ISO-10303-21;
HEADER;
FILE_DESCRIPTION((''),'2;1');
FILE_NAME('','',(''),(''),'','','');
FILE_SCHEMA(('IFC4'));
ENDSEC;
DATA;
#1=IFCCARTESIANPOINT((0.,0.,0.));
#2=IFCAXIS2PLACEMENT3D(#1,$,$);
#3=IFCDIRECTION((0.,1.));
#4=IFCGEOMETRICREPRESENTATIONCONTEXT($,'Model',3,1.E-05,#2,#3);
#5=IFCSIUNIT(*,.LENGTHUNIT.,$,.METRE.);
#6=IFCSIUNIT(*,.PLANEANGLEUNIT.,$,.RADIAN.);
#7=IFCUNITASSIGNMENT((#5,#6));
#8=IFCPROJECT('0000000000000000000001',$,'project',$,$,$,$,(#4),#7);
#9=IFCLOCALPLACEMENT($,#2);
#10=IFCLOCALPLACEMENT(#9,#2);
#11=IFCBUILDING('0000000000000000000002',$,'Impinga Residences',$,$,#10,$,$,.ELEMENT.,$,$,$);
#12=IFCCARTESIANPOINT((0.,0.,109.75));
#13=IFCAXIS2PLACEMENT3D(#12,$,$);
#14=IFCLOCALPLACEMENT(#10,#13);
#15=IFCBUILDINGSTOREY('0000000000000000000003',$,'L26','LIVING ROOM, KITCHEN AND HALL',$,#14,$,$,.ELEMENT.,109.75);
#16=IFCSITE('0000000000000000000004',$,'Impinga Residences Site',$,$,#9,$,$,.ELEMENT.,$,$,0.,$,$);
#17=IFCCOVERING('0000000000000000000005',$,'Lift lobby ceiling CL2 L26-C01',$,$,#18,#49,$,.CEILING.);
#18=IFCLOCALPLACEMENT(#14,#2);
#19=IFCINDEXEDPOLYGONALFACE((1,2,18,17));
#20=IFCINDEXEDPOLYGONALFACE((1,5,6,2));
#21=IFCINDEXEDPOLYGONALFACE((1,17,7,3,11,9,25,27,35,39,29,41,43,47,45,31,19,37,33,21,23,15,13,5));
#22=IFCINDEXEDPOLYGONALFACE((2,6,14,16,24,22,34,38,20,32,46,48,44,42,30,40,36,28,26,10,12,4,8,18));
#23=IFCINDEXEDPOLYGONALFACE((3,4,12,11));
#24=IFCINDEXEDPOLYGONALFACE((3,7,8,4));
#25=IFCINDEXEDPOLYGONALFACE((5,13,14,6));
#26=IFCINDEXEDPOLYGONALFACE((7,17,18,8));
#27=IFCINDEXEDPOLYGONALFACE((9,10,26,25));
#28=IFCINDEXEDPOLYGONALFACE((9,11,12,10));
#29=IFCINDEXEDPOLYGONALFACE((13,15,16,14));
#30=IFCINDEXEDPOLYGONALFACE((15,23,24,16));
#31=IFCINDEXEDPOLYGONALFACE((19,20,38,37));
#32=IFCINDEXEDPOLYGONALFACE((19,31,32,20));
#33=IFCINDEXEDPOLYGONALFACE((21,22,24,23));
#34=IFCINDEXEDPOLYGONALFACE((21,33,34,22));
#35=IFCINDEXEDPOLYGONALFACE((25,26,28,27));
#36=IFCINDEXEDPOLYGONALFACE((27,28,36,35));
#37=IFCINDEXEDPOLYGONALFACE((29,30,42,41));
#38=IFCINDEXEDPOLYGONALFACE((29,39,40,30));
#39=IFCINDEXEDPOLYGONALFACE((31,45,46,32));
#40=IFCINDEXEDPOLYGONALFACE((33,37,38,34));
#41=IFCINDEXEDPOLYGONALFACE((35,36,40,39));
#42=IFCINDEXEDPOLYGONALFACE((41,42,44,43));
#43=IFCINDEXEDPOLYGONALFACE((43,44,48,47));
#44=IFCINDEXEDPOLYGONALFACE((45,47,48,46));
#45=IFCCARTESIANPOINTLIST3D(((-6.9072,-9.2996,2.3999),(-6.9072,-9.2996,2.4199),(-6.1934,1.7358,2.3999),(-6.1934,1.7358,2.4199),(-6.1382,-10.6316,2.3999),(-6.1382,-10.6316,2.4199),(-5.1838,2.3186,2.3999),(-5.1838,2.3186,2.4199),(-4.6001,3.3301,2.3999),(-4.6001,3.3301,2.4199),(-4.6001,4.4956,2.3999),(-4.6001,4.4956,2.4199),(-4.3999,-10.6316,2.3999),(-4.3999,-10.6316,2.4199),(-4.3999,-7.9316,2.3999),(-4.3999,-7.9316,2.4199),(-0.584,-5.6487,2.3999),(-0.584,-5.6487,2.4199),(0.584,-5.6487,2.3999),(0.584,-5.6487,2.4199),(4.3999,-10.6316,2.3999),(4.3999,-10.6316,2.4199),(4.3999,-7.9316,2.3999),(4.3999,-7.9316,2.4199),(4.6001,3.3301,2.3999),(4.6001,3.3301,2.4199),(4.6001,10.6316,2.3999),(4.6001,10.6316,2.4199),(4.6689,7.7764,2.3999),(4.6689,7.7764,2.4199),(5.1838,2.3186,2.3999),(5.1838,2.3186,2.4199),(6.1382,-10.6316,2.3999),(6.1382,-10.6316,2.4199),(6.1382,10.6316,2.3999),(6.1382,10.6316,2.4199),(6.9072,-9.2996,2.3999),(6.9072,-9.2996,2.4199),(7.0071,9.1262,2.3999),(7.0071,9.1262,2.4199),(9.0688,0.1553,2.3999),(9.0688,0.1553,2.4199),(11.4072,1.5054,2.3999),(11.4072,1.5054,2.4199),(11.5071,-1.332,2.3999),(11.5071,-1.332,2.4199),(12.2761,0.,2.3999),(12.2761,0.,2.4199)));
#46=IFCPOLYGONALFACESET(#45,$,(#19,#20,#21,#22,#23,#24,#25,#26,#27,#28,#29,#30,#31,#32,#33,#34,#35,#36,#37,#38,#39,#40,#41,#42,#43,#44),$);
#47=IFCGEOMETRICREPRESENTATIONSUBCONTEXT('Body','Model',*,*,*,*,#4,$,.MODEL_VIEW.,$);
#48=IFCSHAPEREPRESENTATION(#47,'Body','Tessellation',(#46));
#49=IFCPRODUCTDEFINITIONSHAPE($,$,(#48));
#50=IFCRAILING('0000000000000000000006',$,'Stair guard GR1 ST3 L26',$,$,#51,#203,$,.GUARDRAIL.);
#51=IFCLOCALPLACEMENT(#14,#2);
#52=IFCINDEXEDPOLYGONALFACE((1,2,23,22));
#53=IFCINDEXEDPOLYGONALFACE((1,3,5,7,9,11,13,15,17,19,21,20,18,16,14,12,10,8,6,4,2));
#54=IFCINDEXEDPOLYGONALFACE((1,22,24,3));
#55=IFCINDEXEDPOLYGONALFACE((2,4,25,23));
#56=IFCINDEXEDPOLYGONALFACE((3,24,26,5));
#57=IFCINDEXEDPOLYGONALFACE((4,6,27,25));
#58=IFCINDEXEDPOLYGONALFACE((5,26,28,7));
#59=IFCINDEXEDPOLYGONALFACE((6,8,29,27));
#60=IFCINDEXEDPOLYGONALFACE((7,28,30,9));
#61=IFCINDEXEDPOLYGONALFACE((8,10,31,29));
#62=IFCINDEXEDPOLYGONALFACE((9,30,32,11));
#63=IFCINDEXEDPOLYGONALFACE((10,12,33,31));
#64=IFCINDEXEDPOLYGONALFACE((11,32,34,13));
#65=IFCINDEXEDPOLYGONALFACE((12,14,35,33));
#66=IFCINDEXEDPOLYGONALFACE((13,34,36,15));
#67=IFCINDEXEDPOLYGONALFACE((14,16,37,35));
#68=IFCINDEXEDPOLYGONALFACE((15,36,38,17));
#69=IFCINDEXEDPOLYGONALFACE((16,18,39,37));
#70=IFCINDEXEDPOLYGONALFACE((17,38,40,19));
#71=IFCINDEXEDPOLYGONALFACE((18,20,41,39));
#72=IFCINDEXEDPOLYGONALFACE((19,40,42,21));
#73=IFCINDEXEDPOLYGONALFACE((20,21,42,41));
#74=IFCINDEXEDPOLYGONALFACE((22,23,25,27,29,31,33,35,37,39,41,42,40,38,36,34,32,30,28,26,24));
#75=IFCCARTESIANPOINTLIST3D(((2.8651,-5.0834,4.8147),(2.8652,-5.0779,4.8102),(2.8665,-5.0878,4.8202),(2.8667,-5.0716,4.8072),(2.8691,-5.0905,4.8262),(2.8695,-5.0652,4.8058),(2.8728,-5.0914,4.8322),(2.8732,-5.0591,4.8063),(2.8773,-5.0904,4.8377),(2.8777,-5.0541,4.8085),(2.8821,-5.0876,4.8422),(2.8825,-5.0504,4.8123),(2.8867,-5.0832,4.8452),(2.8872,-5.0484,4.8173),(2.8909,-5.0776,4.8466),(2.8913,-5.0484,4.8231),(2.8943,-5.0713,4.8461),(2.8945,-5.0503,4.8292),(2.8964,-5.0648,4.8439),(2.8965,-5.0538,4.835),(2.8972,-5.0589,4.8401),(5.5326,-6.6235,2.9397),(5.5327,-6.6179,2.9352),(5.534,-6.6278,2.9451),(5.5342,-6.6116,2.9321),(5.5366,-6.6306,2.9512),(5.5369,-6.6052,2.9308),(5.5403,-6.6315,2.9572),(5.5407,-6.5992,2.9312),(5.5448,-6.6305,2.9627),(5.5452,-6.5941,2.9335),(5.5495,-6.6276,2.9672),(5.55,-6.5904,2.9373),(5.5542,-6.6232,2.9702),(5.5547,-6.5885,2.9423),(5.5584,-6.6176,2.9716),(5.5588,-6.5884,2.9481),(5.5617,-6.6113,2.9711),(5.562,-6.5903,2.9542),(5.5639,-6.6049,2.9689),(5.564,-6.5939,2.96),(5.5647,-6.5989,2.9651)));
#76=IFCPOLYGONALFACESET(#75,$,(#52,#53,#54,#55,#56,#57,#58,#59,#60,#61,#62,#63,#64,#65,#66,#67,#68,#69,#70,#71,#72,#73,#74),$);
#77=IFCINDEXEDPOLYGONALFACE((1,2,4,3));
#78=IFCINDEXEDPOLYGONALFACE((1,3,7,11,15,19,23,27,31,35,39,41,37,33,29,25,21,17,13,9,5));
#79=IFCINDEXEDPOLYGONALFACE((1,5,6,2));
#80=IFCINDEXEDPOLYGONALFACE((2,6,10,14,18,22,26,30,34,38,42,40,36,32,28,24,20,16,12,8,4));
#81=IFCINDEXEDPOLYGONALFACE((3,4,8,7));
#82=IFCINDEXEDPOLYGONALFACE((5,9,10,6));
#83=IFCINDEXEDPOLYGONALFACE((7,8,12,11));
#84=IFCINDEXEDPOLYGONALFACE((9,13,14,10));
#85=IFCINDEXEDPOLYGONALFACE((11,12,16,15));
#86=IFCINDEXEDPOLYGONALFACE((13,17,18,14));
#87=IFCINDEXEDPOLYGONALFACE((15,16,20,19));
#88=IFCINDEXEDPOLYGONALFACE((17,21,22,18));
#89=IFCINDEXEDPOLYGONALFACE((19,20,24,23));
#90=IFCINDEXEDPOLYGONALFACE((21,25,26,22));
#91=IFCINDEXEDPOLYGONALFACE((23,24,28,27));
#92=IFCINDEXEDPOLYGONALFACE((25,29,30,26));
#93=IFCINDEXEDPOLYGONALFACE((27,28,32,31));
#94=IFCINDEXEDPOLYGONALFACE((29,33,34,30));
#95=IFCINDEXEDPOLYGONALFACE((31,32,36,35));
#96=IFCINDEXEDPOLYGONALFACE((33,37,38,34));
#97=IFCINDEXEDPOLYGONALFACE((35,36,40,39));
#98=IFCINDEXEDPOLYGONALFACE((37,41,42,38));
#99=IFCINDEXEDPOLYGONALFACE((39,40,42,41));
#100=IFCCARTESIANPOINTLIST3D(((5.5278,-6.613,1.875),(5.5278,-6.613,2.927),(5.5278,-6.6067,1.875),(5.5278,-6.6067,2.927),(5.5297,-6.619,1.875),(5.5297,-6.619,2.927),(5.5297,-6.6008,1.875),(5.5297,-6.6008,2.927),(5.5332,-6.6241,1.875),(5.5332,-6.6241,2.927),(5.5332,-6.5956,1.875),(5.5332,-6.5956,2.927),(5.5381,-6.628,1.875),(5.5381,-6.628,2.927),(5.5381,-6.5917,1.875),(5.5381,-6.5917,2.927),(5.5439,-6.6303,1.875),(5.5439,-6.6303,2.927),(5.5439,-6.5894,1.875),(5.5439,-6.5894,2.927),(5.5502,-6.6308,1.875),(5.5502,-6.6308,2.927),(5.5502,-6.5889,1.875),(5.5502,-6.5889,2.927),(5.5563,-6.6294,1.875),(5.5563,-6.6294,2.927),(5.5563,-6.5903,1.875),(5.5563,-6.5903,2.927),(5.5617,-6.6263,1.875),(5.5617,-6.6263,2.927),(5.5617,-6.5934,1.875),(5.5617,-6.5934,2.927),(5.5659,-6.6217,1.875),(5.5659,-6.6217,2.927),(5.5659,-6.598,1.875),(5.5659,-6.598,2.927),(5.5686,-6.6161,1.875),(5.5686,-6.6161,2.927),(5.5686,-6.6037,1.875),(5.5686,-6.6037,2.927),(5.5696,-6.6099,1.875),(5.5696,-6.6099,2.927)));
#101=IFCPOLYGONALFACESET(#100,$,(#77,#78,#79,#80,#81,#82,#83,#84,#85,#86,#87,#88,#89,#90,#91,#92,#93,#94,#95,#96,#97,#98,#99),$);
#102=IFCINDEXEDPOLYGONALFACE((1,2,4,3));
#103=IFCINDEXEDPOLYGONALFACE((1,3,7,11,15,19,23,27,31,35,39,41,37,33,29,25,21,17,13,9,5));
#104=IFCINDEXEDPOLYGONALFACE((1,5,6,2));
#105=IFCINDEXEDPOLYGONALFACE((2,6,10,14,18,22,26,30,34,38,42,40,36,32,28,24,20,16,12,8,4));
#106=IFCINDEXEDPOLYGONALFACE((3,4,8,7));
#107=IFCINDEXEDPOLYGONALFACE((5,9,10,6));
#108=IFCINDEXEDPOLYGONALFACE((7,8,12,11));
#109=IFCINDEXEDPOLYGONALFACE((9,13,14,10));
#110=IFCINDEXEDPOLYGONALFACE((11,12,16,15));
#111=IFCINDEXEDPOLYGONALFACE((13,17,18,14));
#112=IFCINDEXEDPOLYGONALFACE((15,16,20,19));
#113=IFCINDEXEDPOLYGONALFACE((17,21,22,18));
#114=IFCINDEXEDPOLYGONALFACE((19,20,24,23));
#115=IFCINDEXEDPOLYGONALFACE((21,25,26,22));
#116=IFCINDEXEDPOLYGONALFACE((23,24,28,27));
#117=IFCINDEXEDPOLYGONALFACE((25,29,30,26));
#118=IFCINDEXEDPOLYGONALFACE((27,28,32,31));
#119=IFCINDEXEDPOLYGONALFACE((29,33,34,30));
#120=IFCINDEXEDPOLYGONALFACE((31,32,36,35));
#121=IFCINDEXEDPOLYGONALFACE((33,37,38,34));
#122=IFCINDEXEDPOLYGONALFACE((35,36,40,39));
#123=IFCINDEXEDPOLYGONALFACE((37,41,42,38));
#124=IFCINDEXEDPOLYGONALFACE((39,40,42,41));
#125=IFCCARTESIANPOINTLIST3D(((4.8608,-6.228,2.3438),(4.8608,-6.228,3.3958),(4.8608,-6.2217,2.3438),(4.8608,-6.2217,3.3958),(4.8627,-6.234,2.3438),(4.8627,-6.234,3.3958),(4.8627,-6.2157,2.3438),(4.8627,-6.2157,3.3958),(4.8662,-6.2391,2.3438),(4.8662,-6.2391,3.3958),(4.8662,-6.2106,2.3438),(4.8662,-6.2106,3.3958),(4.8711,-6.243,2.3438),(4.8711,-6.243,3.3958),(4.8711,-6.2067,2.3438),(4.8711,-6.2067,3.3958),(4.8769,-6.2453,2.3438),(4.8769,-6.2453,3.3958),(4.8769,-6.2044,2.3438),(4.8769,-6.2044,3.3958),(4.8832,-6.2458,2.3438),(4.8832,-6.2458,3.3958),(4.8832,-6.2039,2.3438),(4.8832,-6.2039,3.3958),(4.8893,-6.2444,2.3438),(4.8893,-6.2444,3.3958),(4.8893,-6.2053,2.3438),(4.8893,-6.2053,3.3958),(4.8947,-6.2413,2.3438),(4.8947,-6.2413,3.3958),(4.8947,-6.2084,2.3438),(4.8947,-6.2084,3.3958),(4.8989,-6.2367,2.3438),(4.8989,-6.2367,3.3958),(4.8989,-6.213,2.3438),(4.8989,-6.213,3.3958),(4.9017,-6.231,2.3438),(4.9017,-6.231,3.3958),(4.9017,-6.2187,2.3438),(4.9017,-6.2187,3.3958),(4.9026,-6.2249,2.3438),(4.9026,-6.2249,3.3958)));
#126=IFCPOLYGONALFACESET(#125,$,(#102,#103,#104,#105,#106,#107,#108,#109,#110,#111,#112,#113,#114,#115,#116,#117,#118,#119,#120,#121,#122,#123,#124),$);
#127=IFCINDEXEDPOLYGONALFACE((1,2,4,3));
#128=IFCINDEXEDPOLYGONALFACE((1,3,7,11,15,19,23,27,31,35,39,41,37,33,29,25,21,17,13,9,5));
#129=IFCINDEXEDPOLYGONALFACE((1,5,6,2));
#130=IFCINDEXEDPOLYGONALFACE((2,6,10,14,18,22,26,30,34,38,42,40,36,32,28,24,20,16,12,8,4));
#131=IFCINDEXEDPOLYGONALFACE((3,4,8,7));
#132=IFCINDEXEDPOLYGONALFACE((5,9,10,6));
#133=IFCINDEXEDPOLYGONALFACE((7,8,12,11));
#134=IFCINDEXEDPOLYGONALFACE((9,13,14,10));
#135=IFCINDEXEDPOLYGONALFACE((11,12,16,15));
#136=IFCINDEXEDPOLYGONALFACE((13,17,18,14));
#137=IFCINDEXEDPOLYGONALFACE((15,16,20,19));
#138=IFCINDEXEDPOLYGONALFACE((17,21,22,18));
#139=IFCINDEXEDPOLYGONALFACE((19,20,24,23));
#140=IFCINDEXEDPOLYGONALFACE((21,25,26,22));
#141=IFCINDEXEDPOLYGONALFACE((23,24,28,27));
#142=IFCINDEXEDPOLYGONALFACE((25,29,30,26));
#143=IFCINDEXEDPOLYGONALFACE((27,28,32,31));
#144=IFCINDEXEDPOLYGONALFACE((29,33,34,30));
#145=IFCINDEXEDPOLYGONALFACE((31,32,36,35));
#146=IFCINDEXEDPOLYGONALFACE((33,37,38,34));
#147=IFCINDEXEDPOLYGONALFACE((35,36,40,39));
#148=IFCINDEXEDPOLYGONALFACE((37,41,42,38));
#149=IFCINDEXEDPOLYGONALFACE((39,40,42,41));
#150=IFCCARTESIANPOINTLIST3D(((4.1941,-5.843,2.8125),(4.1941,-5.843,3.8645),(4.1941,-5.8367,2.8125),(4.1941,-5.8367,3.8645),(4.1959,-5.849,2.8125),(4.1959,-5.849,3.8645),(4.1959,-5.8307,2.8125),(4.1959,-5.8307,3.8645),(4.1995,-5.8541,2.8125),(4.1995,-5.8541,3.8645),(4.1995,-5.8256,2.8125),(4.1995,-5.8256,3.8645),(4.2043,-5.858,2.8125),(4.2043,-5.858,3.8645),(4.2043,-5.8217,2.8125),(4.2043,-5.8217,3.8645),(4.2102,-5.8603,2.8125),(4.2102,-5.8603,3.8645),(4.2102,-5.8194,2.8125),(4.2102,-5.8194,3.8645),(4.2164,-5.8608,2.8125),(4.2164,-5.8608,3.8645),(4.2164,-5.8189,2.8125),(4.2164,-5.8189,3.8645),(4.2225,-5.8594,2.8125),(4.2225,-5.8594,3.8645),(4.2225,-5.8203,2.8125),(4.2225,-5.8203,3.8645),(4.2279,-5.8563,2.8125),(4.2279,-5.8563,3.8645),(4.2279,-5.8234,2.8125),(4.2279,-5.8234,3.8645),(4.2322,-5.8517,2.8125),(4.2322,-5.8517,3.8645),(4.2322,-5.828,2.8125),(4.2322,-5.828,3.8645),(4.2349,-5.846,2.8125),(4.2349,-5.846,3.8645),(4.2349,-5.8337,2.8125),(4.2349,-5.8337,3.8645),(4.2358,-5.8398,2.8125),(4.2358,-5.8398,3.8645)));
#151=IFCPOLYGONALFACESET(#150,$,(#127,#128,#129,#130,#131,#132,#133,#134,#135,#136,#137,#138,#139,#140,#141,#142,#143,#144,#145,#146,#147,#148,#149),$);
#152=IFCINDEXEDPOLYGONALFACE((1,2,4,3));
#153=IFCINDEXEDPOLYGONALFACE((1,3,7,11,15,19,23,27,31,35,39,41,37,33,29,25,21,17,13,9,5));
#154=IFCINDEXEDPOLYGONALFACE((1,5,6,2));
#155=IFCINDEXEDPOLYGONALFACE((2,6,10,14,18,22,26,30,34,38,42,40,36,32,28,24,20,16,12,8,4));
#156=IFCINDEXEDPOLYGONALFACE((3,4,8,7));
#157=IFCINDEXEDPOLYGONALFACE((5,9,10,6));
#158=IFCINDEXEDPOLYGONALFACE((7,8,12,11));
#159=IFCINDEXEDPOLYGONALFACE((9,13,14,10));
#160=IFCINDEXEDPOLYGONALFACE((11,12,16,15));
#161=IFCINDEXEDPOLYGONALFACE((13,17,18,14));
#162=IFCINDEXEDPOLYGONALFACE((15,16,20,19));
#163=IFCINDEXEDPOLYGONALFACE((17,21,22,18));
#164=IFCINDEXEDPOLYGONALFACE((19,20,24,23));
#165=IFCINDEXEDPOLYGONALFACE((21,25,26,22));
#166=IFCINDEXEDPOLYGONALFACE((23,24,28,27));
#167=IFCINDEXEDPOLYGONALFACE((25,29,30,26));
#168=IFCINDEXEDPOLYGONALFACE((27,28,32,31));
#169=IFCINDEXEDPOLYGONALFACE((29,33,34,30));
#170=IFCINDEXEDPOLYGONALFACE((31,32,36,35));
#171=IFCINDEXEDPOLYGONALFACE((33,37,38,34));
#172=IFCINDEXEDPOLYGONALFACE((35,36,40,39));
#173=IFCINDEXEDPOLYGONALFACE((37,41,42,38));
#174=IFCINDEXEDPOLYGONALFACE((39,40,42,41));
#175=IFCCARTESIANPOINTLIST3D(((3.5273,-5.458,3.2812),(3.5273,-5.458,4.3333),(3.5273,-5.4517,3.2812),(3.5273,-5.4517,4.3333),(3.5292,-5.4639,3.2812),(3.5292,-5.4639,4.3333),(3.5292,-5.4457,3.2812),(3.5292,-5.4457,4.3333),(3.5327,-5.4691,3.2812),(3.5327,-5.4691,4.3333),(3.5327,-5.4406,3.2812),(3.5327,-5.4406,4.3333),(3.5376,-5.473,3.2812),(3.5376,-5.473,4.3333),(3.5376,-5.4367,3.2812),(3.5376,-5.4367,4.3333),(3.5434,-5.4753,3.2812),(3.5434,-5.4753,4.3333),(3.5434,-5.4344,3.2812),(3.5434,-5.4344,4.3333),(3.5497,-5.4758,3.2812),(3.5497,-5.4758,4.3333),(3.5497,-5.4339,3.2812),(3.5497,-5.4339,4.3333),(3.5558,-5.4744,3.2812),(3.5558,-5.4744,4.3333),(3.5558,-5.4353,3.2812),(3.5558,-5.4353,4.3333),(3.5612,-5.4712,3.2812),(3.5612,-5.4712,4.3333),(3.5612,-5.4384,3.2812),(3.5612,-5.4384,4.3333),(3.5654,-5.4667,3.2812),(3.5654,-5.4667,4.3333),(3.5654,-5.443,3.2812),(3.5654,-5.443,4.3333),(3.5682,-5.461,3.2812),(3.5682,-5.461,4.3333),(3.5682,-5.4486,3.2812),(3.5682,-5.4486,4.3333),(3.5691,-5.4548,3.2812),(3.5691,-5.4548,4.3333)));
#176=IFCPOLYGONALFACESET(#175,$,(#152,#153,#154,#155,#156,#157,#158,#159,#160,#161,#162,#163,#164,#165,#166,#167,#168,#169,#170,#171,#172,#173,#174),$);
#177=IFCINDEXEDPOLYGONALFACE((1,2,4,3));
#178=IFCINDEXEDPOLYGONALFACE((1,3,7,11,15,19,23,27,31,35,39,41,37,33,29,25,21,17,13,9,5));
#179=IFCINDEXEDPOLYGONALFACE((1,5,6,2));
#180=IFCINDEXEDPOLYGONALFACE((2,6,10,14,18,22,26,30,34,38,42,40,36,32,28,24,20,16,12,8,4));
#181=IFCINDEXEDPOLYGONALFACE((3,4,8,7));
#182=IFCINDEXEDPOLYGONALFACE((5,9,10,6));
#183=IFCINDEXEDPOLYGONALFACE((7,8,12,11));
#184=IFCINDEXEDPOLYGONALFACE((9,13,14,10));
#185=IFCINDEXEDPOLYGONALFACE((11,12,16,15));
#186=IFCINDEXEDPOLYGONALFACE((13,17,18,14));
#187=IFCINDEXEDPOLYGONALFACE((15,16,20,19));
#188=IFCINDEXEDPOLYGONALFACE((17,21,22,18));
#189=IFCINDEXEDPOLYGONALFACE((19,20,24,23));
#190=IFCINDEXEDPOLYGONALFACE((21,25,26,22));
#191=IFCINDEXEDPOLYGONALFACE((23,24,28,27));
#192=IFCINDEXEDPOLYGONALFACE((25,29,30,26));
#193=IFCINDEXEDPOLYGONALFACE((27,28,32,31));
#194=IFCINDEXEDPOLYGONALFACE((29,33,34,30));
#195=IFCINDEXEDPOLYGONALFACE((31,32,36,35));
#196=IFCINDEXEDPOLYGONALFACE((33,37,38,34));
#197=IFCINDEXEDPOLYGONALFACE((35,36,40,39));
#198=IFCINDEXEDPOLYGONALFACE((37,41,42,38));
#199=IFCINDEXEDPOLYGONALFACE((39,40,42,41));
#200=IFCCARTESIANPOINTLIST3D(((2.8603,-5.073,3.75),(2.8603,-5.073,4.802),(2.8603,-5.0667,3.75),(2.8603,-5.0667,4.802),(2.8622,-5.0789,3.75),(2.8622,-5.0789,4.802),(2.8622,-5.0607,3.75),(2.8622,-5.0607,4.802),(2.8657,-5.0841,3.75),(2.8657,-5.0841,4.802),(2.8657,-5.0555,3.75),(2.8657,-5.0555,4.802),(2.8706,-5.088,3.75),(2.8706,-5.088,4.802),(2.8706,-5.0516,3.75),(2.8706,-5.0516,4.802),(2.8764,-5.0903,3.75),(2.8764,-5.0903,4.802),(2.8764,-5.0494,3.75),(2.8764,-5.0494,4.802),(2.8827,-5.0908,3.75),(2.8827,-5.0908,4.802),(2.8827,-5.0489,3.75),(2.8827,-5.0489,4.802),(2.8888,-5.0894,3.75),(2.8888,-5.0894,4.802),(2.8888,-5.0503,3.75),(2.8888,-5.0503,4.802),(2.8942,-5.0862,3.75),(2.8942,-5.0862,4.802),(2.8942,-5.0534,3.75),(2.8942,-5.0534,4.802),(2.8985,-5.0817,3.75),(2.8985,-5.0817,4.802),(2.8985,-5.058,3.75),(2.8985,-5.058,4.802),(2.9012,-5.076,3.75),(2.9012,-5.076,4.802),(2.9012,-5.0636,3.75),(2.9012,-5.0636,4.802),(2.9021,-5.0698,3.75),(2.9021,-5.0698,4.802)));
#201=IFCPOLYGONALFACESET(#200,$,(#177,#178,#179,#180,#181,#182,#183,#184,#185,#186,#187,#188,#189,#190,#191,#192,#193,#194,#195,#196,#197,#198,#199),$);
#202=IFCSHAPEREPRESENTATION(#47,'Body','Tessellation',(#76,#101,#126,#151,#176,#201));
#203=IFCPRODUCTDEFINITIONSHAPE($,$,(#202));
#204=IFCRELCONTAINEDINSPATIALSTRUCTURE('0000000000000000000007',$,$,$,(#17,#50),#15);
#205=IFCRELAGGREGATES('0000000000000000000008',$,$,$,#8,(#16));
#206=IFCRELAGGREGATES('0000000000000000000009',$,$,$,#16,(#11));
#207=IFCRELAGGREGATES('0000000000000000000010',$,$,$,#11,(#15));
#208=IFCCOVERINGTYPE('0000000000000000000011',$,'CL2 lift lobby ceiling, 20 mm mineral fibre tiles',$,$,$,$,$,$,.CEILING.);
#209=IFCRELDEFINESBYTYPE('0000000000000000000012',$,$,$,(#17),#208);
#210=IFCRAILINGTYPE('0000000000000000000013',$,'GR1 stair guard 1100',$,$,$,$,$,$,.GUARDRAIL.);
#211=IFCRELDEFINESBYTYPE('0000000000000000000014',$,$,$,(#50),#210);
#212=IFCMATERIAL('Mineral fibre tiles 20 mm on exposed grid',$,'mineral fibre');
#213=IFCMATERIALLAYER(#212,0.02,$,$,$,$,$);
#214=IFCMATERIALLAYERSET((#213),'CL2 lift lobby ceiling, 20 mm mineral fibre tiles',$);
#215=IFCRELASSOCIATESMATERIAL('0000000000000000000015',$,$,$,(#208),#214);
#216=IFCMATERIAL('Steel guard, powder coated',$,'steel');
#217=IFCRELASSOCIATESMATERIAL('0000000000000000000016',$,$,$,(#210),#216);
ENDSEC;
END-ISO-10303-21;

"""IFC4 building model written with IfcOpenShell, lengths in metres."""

from ifc_helpers import new_model, si_unit, direction, frame, origin, origin_2d, place, context, subcontext, project, spatial, polyline, circle, outline, extrude, material, layer, layer_set, type_object, element, save


model = new_model("IFC4")

# Units and contexts
model_context = context("Model", 3, precision=1e-05, world=origin(), true_north=direction((0.0, 1.0)))
body_context = subcontext(model_context, "Body", "Model", "MODEL_VIEW")
ifc_project = project(units=[si_unit("LENGTHUNIT", "METRE"), si_unit("PLANEANGLEUNIT", "RADIAN")], contexts=[model_context])

# Site, building, storey
site_placement = place(None, origin())
site = spatial("IfcSite", under=ifc_project, at=site_placement, Name="Impinga Residences Site", CompositionType="ELEMENT", RefElevation=0.0)
building_placement = place(site_placement, origin())
building = spatial("IfcBuilding", under=site, at=building_placement, Name="Impinga Residences", CompositionType="ELEMENT")
storey_placement = place(building_placement, frame((0.0, 0.0, 109.75)))
storey = spatial("IfcBuildingStorey", under=building, at=storey_placement, Name="L26", Description="LIVING ROOM, KITCHEN AND HALL", CompositionType="ELEMENT", Elevation=109.75)

# Covering
ifc_material_1 = material(Name="Mineral fibre tiles 20 mm on exposed grid", Category="mineral fibre")
ifc_layer_1 = layer(ifc_material_1, 0.02)
ifc_layer_set_1 = layer_set([ifc_layer_1], Name="CL2 lift lobby ceiling, 20 mm mineral fibre tiles")
covering_type_1 = type_object("IfcCoveringType", Name="CL2 lift lobby ceiling, 20 mm mineral fibre tiles", PredefinedType="CEILING", material=ifc_layer_set_1)
covering_1_placement = place(storey_placement, frame((0.0, 0.0, 2.3999)))
element("IfcCovering", 1, at=covering_1_placement, inside=storey, type_object=covering_type_1, Name="Lift lobby ceiling CL2 L26-C01", PredefinedType="CEILING", context=body_context, shape_type="SweptSolid", body=[
    extrude(outline(polyline([(5.1838, 2.3186), (0.584, -5.6487), (6.9072, -9.2996), (6.1382, -10.6316), (4.3999, -10.6316), (4.3999, -7.9316), (-4.3999, -7.9316), (-4.3999, -10.6316), (-6.1382, -10.6316), (-6.9072, -9.2996), (-0.584, -5.6487), (-5.1838, 2.3186), (-6.1934, 1.7358), (-4.6001, 4.4956), (-4.6001, 3.3301), (4.6001, 3.3301), (4.6001, 10.6316), (6.1382, 10.6316), (7.0071, 9.1262), (4.6689, 7.7764), (9.0688, 0.1553), (11.4072, 1.5054), (12.2761, 0.0), (11.5071, -1.332), (5.1838, 2.3186)])), origin(), (0.0, 0.0, 1.0), 0.02),
])

# Railing
ifc_material_2 = material(Name="Steel guard, powder coated", Category="steel")
railing_type_1 = type_object("IfcRailingType", Name="GR1 stair guard 1100", PredefinedType="GUARDRAIL", material=ifc_material_2)
railing_1_placement = place(storey_placement, frame((5.5486, -6.6099, 1.875)))
element("IfcRailing", 2, at=railing_1_placement, inside=storey, type_object=railing_type_1, Name="Stair guard GR1 ST3 L26", PredefinedType="GUARDRAIL", context=body_context, shape_type="SweptSolid", body=[
    extrude(circle(Radius=0.0239, at=origin_2d()), frame((0.0, 0.0, 1.0762), z_axis=(-0.739746, 0.427084, 0.519975), x_axis=(-0.499992, -0.86603, 0.0)), (0.0, 0.0, 1.0), 3.606),
    extrude(circle(Radius=0.021, at=origin_2d()), origin(), (0.0, 0.0, 1.0), 1.052),
    extrude(circle(Radius=0.021, at=origin_2d()), frame((-0.667, 0.385, 0.4688)), (0.0, 0.0, 1.0), 1.052),
    extrude(circle(Radius=0.021, at=origin_2d()), frame((-1.3337, 0.77, 0.9375)), (0.0, 0.0, 1.0), 1.052),
    extrude(circle(Radius=0.021, at=origin_2d()), frame((-2.0005, 1.155, 1.4062)), (0.0, 0.0, 1.0), 1.052),
    extrude(circle(Radius=0.021, at=origin_2d()), frame((-2.6675, 1.54, 1.875)), (0.0, 0.0, 1.0), 1.052),
])

save(model, "model.ifc")
